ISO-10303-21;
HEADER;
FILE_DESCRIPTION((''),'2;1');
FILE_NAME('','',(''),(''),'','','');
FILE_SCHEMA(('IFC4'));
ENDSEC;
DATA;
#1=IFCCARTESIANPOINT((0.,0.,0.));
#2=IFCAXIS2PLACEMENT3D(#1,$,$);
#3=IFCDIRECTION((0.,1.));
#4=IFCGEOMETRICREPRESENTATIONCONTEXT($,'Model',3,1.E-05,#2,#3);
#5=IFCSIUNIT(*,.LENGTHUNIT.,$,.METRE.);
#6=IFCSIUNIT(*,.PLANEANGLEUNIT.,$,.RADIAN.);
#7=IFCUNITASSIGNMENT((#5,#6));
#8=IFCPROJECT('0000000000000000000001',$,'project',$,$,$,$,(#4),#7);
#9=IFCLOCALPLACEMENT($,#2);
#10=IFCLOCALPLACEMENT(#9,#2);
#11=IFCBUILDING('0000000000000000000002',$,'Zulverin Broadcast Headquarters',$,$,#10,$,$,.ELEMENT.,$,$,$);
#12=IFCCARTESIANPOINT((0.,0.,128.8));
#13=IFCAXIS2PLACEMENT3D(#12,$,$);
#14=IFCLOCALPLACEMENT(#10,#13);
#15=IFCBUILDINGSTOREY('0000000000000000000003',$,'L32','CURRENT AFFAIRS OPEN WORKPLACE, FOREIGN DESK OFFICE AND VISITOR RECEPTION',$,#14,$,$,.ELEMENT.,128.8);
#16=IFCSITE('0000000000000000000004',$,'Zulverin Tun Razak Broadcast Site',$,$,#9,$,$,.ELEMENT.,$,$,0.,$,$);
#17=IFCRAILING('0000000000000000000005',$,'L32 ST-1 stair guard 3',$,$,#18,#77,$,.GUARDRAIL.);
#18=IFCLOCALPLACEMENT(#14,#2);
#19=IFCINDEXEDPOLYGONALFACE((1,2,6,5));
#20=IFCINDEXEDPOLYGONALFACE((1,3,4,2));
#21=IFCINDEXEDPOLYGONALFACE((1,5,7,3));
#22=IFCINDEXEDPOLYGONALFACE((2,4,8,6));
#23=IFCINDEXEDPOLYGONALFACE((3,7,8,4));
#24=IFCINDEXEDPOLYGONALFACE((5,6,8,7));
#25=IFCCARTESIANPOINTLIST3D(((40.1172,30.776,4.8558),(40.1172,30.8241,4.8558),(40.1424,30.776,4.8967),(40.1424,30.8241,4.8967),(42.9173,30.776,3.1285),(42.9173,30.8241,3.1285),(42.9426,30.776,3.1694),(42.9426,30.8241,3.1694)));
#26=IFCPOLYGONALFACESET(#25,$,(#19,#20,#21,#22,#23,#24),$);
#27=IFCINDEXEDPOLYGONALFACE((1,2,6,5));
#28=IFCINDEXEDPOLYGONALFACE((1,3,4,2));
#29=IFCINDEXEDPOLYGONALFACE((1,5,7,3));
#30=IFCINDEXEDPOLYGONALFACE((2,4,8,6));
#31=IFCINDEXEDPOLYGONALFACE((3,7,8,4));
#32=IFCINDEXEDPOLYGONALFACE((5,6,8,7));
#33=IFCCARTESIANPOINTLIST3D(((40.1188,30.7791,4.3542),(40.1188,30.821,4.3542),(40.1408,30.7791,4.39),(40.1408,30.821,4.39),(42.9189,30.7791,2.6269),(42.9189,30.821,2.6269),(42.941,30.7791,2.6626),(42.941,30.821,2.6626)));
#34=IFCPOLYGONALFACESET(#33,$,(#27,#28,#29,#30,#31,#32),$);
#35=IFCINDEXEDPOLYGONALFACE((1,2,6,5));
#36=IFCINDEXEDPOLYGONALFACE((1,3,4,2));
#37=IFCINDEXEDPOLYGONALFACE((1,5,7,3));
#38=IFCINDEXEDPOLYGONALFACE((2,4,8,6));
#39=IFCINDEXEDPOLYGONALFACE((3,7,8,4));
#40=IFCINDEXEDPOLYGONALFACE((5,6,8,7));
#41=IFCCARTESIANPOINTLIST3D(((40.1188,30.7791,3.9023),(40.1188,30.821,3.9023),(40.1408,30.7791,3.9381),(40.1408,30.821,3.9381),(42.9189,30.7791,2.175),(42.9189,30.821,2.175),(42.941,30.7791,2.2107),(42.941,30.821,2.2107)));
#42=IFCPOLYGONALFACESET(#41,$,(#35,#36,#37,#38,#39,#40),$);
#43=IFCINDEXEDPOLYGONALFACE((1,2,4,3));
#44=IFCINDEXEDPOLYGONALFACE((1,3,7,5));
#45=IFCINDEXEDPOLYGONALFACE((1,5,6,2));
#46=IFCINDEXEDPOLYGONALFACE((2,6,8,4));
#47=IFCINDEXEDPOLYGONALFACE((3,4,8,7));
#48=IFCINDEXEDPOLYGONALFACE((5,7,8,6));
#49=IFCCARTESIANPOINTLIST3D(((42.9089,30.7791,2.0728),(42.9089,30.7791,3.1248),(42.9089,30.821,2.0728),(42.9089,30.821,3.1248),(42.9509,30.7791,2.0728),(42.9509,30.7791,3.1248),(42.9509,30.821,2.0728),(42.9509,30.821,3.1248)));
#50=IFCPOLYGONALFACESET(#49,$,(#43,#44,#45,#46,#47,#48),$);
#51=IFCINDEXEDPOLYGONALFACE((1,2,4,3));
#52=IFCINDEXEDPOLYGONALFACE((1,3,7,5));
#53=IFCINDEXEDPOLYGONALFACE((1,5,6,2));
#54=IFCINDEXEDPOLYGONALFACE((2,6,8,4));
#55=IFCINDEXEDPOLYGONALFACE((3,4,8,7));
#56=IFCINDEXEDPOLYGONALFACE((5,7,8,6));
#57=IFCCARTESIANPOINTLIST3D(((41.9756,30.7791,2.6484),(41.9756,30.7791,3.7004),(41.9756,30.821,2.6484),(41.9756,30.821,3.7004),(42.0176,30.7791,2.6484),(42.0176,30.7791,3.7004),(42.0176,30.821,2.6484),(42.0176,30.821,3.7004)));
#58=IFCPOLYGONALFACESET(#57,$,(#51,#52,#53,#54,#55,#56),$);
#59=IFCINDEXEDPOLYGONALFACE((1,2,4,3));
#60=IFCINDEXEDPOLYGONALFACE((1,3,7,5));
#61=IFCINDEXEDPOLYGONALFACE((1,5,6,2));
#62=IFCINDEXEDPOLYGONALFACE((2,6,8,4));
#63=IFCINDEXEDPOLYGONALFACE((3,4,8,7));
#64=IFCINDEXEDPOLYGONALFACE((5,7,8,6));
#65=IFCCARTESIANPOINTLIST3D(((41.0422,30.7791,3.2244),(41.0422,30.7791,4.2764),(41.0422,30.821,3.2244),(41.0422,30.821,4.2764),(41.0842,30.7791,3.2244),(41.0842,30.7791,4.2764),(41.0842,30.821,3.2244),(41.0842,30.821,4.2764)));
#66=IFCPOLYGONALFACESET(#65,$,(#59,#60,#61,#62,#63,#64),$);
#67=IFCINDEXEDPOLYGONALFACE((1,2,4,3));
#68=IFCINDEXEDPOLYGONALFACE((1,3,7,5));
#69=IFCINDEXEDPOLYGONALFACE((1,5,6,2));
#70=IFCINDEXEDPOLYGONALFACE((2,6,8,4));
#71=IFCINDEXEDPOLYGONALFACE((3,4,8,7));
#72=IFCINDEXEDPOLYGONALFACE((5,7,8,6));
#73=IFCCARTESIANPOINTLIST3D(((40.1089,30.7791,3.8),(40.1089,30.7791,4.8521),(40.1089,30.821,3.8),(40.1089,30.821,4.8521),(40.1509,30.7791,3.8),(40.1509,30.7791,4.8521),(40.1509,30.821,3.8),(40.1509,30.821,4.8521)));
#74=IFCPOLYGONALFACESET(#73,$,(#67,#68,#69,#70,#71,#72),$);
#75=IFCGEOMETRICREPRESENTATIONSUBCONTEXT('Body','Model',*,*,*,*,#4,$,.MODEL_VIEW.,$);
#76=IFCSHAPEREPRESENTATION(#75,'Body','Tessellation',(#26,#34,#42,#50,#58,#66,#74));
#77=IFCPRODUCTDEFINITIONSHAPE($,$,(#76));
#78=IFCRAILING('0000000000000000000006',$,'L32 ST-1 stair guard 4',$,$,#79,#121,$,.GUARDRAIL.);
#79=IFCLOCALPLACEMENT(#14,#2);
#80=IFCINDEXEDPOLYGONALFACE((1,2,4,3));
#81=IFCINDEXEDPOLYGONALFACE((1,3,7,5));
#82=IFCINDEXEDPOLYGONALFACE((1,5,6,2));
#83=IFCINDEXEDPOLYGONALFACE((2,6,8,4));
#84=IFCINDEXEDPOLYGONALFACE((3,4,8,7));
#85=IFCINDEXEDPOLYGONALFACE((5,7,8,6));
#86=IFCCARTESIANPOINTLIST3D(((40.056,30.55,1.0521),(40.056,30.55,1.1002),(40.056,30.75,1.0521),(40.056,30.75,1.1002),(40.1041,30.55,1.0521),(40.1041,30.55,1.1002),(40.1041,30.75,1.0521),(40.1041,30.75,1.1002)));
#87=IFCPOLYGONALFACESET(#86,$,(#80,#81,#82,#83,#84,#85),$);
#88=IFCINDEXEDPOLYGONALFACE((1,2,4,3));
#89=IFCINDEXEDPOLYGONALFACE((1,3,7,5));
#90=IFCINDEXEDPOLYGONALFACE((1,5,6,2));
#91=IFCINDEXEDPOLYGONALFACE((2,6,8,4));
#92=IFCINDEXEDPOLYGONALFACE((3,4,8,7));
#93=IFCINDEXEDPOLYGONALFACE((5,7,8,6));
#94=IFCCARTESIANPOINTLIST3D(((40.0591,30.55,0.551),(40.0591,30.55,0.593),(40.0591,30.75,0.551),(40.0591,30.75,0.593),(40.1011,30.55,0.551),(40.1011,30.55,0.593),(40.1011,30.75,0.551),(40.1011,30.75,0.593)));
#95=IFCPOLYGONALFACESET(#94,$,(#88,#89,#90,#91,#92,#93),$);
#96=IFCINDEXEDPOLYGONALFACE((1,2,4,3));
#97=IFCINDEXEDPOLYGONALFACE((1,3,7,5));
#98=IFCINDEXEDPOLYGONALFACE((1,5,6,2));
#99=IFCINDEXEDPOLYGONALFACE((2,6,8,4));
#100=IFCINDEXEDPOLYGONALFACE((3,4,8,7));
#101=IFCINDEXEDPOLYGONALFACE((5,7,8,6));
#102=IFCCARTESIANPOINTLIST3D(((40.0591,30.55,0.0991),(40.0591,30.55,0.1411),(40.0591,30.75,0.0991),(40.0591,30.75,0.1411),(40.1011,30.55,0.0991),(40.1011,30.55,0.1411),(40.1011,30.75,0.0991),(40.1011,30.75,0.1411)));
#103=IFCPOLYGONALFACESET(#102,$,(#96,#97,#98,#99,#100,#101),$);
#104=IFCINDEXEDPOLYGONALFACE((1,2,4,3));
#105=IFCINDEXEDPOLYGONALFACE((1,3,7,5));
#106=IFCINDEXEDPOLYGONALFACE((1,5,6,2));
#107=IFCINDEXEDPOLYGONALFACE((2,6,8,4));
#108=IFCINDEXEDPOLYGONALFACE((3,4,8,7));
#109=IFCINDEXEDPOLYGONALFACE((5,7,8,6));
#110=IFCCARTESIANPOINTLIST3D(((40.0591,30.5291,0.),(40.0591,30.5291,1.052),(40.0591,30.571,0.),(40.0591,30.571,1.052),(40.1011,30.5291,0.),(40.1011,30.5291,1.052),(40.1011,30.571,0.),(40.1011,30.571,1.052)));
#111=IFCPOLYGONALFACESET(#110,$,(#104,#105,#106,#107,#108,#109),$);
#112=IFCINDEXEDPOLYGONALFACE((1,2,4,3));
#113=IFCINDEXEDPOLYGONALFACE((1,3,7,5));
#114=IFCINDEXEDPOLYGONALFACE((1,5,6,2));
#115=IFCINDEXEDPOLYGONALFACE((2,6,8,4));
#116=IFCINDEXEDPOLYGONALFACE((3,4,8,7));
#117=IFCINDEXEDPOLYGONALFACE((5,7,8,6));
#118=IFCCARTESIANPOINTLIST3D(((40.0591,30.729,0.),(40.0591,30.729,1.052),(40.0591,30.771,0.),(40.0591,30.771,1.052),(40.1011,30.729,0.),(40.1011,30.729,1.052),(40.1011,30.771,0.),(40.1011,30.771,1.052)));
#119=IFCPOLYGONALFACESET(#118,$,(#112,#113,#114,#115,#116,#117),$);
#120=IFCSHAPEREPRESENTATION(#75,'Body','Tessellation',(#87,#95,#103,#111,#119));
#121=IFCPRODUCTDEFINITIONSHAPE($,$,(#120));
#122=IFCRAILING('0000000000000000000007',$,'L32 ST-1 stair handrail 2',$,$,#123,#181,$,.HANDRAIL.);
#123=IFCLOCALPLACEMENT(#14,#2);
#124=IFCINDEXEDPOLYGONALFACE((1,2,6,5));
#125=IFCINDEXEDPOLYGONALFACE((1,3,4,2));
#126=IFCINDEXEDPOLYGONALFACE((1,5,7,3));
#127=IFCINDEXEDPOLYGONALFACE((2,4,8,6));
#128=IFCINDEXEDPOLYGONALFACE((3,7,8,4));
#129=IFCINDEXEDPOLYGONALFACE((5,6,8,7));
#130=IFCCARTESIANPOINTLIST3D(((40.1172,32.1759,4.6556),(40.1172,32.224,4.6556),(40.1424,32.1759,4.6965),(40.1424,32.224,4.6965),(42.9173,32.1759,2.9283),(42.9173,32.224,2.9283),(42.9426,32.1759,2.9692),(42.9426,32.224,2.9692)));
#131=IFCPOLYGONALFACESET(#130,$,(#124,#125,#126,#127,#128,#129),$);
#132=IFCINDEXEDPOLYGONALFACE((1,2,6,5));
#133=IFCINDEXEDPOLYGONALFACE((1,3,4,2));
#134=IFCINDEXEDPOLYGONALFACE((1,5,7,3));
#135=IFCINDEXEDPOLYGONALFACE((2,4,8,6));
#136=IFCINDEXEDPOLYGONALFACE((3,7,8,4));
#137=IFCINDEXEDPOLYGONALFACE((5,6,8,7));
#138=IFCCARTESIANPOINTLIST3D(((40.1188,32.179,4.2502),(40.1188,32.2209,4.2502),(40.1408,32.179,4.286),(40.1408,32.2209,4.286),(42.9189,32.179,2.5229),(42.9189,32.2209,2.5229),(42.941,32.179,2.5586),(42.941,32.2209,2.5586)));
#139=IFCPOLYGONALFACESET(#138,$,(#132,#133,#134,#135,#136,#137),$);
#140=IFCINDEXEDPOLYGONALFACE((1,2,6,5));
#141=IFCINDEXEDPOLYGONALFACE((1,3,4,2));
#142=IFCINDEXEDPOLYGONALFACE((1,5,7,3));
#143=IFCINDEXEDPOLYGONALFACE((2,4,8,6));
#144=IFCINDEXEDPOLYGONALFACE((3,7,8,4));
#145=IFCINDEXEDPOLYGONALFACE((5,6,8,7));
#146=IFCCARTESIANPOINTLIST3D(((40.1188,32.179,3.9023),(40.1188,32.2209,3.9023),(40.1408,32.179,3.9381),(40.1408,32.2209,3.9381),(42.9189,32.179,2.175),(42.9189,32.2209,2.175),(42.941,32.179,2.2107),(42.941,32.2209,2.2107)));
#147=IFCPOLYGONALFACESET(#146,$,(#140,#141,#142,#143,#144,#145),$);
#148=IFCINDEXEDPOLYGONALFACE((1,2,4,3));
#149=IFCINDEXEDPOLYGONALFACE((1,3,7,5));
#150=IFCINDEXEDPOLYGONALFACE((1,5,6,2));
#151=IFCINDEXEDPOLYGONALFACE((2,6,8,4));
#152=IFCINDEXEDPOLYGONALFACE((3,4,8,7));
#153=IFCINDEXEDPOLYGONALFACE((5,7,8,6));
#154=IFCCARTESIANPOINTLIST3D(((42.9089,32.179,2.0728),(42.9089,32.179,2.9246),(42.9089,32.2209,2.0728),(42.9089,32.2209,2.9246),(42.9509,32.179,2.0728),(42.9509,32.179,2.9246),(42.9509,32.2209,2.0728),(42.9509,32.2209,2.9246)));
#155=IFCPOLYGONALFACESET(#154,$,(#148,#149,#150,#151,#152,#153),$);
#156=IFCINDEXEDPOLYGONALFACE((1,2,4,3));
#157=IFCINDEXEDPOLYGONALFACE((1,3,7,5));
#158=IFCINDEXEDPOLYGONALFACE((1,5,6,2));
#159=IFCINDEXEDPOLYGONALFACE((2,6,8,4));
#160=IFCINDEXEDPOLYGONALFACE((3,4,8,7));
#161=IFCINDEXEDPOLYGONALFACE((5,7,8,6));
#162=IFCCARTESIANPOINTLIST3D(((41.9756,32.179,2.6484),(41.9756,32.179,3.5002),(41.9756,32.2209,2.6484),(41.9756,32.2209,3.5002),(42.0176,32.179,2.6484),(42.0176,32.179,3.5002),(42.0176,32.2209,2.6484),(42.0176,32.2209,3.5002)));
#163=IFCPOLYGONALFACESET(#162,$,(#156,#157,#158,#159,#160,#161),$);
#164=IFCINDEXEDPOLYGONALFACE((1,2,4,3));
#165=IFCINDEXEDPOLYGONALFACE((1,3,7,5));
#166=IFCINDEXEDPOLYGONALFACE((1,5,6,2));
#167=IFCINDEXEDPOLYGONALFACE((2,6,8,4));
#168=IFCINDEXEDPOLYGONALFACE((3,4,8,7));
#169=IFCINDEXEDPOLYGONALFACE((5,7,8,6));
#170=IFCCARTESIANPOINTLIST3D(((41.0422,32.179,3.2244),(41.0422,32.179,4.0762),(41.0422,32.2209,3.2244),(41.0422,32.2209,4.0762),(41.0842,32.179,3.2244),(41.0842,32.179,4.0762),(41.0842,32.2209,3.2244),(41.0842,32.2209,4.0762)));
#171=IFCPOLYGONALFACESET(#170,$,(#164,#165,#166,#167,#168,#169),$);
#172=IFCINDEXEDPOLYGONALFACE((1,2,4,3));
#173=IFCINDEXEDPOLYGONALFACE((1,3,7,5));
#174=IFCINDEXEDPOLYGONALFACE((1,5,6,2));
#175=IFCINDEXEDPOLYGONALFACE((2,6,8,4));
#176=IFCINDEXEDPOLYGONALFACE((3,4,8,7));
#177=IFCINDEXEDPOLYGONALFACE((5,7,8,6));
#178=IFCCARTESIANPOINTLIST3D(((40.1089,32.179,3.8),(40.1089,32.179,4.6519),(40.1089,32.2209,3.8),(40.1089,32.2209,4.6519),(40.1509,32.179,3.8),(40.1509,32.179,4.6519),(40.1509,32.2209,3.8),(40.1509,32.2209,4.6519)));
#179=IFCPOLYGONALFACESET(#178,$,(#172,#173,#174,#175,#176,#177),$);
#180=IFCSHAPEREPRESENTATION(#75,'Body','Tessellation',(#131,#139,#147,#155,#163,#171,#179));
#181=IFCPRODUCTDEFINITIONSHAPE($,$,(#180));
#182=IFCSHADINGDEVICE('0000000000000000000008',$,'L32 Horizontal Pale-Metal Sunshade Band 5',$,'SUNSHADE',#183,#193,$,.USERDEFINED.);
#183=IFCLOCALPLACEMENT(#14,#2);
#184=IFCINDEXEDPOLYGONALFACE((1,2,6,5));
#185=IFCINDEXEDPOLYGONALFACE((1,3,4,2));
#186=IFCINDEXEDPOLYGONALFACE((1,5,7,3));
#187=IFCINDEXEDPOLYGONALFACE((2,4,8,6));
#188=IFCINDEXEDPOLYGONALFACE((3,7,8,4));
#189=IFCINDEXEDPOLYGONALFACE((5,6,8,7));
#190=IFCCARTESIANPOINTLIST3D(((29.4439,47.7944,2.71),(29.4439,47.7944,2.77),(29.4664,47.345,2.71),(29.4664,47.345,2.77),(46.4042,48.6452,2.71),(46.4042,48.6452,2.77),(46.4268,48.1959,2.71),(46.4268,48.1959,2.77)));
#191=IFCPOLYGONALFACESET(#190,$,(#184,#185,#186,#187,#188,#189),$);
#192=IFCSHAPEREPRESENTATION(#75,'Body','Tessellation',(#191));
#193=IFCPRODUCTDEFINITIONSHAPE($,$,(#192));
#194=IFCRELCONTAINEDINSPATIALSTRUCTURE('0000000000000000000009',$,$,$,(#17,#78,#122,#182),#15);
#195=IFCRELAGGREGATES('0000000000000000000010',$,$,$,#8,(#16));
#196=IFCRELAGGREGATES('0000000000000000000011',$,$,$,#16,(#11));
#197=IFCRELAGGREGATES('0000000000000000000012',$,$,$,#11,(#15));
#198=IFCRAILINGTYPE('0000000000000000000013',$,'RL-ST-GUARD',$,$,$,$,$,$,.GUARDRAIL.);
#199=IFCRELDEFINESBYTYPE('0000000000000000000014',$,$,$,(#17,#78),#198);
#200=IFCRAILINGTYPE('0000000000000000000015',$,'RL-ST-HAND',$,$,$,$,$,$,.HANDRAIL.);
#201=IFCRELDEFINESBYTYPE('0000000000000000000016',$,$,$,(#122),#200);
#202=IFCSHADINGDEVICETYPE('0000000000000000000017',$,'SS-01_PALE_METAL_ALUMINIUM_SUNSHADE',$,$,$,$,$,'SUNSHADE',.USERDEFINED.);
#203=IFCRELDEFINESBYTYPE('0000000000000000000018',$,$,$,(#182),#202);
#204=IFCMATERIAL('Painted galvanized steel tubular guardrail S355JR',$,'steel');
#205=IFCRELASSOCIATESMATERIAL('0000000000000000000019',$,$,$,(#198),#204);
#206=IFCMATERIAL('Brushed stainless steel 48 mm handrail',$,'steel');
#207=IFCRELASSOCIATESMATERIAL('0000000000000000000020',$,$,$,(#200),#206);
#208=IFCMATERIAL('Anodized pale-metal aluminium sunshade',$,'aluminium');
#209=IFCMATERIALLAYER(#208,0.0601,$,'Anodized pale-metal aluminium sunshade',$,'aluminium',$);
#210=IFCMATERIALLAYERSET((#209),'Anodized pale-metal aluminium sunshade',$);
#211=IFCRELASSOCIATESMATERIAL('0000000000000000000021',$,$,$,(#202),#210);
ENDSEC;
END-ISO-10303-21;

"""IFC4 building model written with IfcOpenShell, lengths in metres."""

from ifc_helpers import new_model, si_unit, direction, frame, origin, origin_2d, place, context, subcontext, project, spatial, rectangle, extrude, material, layer, layer_set, type_object, element, save


model = new_model("IFC4")

# Units and contexts
model_context = context("Model", 3, precision=1e-05, world=origin(), true_north=direction((0.0, 1.0)))
body_context = subcontext(model_context, "Body", "Model", "MODEL_VIEW")
ifc_project = project(units=[si_unit("LENGTHUNIT", "METRE"), si_unit("PLANEANGLEUNIT", "RADIAN")], contexts=[model_context])

# Site, building, storey
site_placement = place(None, origin())
site = spatial("IfcSite", under=ifc_project, at=site_placement, Name="Zulverin Tun Razak Broadcast Site", CompositionType="ELEMENT", RefElevation=0.0)
building_placement = place(site_placement, origin())
building = spatial("IfcBuilding", under=site, at=building_placement, Name="Zulverin Broadcast Headquarters", CompositionType="ELEMENT")
storey_placement = place(building_placement, frame((0.0, 0.0, 128.8)))
storey = spatial("IfcBuildingStorey", under=building, at=storey_placement, Name="L32", Description="CURRENT AFFAIRS OPEN WORKPLACE, FOREIGN DESK OFFICE AND VISITOR RECEPTION", CompositionType="ELEMENT", Elevation=128.8)

# Railings
ifc_material_1 = material(Name="Painted galvanized steel tubular guardrail S355JR", Category="steel")
railing_type_1 = type_object("IfcRailingType", Name="RL-ST-GUARD", PredefinedType="GUARDRAIL", material=ifc_material_1)
railing_1_placement = place(storey_placement, frame((42.9299, 30.8, 2.0728)))
element("IfcRailing", 1, at=railing_1_placement, inside=storey, type_object=railing_type_1, Name="L32 ST-1 stair guard 3", PredefinedType="GUARDRAIL", context=body_context, shape_type="SweptSolid", body=[
    extrude(rectangle(XDim=0.0481, YDim=0.0481, at=origin_2d()), frame((0.0, 0.0, 1.0762), z_axis=(-0.85109, 0.0, 0.52502), x_axis=(0.0, -1.0, 0.0)), (0.0, 0.0, 1.0), 3.29),
    extrude(rectangle(XDim=0.042, YDim=0.042, at=origin_2d()), frame((0.0, 0.0, 0.572), z_axis=(-0.85109, 0.0, 0.52502), x_axis=(0.0, -1.0, 0.0)), (0.0, 0.0, 1.0), 3.29),
    extrude(rectangle(XDim=0.042, YDim=0.042, at=origin_2d()), frame((0.0, 0.0, 0.1201), z_axis=(-0.85109, 0.0, 0.52502), x_axis=(0.0, -1.0, 0.0)), (0.0, 0.0, 1.0), 3.29),
    extrude(rectangle(XDim=0.042, YDim=0.042, at=origin_2d()), origin(), (0.0, 0.0, 1.0), 1.052),
    extrude(rectangle(XDim=0.042, YDim=0.042, at=origin_2d()), frame((-0.9333, 0.0, 0.5757)), (0.0, 0.0, 1.0), 1.052),
    extrude(rectangle(XDim=0.042, YDim=0.042, at=origin_2d()), frame((-1.8667, 0.0, 1.1516)), (0.0, 0.0, 1.0), 1.052),
    extrude(rectangle(XDim=0.042, YDim=0.042, at=origin_2d()), frame((-2.8, 0.0, 1.7273)), (0.0, 0.0, 1.0), 1.052),
])
railing_2_placement = place(storey_placement, frame((40.0801, 30.55, 0.0)))
element("IfcRailing", 2, at=railing_2_placement, inside=storey, type_object=railing_type_1, Name="L32 ST-1 stair guard 4", PredefinedType="GUARDRAIL", context=body_context, shape_type="SweptSolid", body=[
    extrude(rectangle(XDim=0.0481, YDim=0.0481, at=origin_2d()), frame((0.0, 0.0, 1.0762), z_axis=(0.0, 1.0, 0.0), x_axis=(-1.0, 0.0, 0.0)), (0.0, 0.0, 1.0), 0.2),
    extrude(rectangle(XDim=0.042, YDim=0.042, at=origin_2d()), frame((0.0, 0.0, 0.572), z_axis=(0.0, 1.0, 0.0), x_axis=(-1.0, 0.0, 0.0)), (0.0, 0.0, 1.0), 0.2),
    extrude(rectangle(XDim=0.042, YDim=0.042, at=origin_2d()), frame((0.0, 0.0, 0.1201), z_axis=(0.0, 1.0, 0.0), x_axis=(-1.0, 0.0, 0.0)), (0.0, 0.0, 1.0), 0.2),
    extrude(rectangle(XDim=0.042, YDim=0.042, at=origin_2d()), origin(), (0.0, 0.0, 1.0), 1.052),
    extrude(rectangle(XDim=0.042, YDim=0.042, at=origin_2d()), frame((0.0, 0.2, 0.0)), (0.0, 0.0, 1.0), 1.052),
])
ifc_material_2 = material(Name="Brushed stainless steel 48 mm handrail", Category="steel")
railing_type_2 = type_object("IfcRailingType", Name="RL-ST-HAND", PredefinedType="HANDRAIL", material=ifc_material_2)
railing_3_placement = place(storey_placement, frame((42.9299, 32.2, 2.0728)))
element("IfcRailing", 3, at=railing_3_placement, inside=storey, type_object=railing_type_2, Name="L32 ST-1 stair handrail 2", PredefinedType="HANDRAIL", context=body_context, shape_type="SweptSolid", body=[
    extrude(rectangle(XDim=0.0481, YDim=0.0481, at=origin_2d()), frame((0.0, 0.0, 0.876), z_axis=(-0.85109, 0.0, 0.52502), x_axis=(0.0, -1.0, 0.0)), (0.0, 0.0, 1.0), 3.29),
    extrude(rectangle(XDim=0.042, YDim=0.042, at=origin_2d()), frame((0.0, 0.0, 0.468), z_axis=(-0.85109, 0.0, 0.52502), x_axis=(0.0, -1.0, 0.0)), (0.0, 0.0, 1.0), 3.29),
    extrude(rectangle(XDim=0.042, YDim=0.042, at=origin_2d()), frame((0.0, 0.0, 0.1201), z_axis=(-0.85109, 0.0, 0.52502), x_axis=(0.0, -1.0, 0.0)), (0.0, 0.0, 1.0), 3.29),
    extrude(rectangle(XDim=0.042, YDim=0.042, at=origin_2d()), origin(), (0.0, 0.0, 1.0), 0.8518),
    extrude(rectangle(XDim=0.042, YDim=0.042, at=origin_2d()), frame((-0.9333, 0.0, 0.5757)), (0.0, 0.0, 1.0), 0.8518),
    extrude(rectangle(XDim=0.042, YDim=0.042, at=origin_2d()), frame((-1.8667, 0.0, 1.1516)), (0.0, 0.0, 1.0), 0.8518),
    extrude(rectangle(XDim=0.042, YDim=0.042, at=origin_2d()), frame((-2.8, 0.0, 1.7273)), (0.0, 0.0, 1.0), 0.8518),
])

# Shading device
ifc_material_3 = material(Name="Anodized pale-metal aluminium sunshade", Category="aluminium")
ifc_layer_1 = layer(ifc_material_3, 0.0601, Name="Anodized pale-metal aluminium sunshade", Category="aluminium")
ifc_layer_set_1 = layer_set([ifc_layer_1], Name="Anodized pale-metal aluminium sunshade")
shading_device_type = type_object("IfcShadingDeviceType", Name="SS-01_PALE_METAL_ALUMINIUM_SUNSHADE", ElementType="SUNSHADE", PredefinedType="USERDEFINED", material=ifc_layer_set_1)
shading_device_placement = place(storey_placement, frame((37.9353, 47.9951, 2.71), z_axis=(0.0, 0.0, 1.0), x_axis=(-0.998744, -0.050105, 0.0)))
element("IfcShadingDevice", 4, at=shading_device_placement, inside=storey, type_object=shading_device_type, Name="L32 Horizontal Pale-Metal Sunshade Band 5", ObjectType="SUNSHADE", PredefinedType="USERDEFINED", context=body_context, shape_type="SweptSolid", body=[
    extrude(rectangle(XDim=16.9817, YDim=0.45, at=origin_2d()), origin(), (0.0, 0.0, 1.0), 0.0601),
])

save(model, "model.ifc")
